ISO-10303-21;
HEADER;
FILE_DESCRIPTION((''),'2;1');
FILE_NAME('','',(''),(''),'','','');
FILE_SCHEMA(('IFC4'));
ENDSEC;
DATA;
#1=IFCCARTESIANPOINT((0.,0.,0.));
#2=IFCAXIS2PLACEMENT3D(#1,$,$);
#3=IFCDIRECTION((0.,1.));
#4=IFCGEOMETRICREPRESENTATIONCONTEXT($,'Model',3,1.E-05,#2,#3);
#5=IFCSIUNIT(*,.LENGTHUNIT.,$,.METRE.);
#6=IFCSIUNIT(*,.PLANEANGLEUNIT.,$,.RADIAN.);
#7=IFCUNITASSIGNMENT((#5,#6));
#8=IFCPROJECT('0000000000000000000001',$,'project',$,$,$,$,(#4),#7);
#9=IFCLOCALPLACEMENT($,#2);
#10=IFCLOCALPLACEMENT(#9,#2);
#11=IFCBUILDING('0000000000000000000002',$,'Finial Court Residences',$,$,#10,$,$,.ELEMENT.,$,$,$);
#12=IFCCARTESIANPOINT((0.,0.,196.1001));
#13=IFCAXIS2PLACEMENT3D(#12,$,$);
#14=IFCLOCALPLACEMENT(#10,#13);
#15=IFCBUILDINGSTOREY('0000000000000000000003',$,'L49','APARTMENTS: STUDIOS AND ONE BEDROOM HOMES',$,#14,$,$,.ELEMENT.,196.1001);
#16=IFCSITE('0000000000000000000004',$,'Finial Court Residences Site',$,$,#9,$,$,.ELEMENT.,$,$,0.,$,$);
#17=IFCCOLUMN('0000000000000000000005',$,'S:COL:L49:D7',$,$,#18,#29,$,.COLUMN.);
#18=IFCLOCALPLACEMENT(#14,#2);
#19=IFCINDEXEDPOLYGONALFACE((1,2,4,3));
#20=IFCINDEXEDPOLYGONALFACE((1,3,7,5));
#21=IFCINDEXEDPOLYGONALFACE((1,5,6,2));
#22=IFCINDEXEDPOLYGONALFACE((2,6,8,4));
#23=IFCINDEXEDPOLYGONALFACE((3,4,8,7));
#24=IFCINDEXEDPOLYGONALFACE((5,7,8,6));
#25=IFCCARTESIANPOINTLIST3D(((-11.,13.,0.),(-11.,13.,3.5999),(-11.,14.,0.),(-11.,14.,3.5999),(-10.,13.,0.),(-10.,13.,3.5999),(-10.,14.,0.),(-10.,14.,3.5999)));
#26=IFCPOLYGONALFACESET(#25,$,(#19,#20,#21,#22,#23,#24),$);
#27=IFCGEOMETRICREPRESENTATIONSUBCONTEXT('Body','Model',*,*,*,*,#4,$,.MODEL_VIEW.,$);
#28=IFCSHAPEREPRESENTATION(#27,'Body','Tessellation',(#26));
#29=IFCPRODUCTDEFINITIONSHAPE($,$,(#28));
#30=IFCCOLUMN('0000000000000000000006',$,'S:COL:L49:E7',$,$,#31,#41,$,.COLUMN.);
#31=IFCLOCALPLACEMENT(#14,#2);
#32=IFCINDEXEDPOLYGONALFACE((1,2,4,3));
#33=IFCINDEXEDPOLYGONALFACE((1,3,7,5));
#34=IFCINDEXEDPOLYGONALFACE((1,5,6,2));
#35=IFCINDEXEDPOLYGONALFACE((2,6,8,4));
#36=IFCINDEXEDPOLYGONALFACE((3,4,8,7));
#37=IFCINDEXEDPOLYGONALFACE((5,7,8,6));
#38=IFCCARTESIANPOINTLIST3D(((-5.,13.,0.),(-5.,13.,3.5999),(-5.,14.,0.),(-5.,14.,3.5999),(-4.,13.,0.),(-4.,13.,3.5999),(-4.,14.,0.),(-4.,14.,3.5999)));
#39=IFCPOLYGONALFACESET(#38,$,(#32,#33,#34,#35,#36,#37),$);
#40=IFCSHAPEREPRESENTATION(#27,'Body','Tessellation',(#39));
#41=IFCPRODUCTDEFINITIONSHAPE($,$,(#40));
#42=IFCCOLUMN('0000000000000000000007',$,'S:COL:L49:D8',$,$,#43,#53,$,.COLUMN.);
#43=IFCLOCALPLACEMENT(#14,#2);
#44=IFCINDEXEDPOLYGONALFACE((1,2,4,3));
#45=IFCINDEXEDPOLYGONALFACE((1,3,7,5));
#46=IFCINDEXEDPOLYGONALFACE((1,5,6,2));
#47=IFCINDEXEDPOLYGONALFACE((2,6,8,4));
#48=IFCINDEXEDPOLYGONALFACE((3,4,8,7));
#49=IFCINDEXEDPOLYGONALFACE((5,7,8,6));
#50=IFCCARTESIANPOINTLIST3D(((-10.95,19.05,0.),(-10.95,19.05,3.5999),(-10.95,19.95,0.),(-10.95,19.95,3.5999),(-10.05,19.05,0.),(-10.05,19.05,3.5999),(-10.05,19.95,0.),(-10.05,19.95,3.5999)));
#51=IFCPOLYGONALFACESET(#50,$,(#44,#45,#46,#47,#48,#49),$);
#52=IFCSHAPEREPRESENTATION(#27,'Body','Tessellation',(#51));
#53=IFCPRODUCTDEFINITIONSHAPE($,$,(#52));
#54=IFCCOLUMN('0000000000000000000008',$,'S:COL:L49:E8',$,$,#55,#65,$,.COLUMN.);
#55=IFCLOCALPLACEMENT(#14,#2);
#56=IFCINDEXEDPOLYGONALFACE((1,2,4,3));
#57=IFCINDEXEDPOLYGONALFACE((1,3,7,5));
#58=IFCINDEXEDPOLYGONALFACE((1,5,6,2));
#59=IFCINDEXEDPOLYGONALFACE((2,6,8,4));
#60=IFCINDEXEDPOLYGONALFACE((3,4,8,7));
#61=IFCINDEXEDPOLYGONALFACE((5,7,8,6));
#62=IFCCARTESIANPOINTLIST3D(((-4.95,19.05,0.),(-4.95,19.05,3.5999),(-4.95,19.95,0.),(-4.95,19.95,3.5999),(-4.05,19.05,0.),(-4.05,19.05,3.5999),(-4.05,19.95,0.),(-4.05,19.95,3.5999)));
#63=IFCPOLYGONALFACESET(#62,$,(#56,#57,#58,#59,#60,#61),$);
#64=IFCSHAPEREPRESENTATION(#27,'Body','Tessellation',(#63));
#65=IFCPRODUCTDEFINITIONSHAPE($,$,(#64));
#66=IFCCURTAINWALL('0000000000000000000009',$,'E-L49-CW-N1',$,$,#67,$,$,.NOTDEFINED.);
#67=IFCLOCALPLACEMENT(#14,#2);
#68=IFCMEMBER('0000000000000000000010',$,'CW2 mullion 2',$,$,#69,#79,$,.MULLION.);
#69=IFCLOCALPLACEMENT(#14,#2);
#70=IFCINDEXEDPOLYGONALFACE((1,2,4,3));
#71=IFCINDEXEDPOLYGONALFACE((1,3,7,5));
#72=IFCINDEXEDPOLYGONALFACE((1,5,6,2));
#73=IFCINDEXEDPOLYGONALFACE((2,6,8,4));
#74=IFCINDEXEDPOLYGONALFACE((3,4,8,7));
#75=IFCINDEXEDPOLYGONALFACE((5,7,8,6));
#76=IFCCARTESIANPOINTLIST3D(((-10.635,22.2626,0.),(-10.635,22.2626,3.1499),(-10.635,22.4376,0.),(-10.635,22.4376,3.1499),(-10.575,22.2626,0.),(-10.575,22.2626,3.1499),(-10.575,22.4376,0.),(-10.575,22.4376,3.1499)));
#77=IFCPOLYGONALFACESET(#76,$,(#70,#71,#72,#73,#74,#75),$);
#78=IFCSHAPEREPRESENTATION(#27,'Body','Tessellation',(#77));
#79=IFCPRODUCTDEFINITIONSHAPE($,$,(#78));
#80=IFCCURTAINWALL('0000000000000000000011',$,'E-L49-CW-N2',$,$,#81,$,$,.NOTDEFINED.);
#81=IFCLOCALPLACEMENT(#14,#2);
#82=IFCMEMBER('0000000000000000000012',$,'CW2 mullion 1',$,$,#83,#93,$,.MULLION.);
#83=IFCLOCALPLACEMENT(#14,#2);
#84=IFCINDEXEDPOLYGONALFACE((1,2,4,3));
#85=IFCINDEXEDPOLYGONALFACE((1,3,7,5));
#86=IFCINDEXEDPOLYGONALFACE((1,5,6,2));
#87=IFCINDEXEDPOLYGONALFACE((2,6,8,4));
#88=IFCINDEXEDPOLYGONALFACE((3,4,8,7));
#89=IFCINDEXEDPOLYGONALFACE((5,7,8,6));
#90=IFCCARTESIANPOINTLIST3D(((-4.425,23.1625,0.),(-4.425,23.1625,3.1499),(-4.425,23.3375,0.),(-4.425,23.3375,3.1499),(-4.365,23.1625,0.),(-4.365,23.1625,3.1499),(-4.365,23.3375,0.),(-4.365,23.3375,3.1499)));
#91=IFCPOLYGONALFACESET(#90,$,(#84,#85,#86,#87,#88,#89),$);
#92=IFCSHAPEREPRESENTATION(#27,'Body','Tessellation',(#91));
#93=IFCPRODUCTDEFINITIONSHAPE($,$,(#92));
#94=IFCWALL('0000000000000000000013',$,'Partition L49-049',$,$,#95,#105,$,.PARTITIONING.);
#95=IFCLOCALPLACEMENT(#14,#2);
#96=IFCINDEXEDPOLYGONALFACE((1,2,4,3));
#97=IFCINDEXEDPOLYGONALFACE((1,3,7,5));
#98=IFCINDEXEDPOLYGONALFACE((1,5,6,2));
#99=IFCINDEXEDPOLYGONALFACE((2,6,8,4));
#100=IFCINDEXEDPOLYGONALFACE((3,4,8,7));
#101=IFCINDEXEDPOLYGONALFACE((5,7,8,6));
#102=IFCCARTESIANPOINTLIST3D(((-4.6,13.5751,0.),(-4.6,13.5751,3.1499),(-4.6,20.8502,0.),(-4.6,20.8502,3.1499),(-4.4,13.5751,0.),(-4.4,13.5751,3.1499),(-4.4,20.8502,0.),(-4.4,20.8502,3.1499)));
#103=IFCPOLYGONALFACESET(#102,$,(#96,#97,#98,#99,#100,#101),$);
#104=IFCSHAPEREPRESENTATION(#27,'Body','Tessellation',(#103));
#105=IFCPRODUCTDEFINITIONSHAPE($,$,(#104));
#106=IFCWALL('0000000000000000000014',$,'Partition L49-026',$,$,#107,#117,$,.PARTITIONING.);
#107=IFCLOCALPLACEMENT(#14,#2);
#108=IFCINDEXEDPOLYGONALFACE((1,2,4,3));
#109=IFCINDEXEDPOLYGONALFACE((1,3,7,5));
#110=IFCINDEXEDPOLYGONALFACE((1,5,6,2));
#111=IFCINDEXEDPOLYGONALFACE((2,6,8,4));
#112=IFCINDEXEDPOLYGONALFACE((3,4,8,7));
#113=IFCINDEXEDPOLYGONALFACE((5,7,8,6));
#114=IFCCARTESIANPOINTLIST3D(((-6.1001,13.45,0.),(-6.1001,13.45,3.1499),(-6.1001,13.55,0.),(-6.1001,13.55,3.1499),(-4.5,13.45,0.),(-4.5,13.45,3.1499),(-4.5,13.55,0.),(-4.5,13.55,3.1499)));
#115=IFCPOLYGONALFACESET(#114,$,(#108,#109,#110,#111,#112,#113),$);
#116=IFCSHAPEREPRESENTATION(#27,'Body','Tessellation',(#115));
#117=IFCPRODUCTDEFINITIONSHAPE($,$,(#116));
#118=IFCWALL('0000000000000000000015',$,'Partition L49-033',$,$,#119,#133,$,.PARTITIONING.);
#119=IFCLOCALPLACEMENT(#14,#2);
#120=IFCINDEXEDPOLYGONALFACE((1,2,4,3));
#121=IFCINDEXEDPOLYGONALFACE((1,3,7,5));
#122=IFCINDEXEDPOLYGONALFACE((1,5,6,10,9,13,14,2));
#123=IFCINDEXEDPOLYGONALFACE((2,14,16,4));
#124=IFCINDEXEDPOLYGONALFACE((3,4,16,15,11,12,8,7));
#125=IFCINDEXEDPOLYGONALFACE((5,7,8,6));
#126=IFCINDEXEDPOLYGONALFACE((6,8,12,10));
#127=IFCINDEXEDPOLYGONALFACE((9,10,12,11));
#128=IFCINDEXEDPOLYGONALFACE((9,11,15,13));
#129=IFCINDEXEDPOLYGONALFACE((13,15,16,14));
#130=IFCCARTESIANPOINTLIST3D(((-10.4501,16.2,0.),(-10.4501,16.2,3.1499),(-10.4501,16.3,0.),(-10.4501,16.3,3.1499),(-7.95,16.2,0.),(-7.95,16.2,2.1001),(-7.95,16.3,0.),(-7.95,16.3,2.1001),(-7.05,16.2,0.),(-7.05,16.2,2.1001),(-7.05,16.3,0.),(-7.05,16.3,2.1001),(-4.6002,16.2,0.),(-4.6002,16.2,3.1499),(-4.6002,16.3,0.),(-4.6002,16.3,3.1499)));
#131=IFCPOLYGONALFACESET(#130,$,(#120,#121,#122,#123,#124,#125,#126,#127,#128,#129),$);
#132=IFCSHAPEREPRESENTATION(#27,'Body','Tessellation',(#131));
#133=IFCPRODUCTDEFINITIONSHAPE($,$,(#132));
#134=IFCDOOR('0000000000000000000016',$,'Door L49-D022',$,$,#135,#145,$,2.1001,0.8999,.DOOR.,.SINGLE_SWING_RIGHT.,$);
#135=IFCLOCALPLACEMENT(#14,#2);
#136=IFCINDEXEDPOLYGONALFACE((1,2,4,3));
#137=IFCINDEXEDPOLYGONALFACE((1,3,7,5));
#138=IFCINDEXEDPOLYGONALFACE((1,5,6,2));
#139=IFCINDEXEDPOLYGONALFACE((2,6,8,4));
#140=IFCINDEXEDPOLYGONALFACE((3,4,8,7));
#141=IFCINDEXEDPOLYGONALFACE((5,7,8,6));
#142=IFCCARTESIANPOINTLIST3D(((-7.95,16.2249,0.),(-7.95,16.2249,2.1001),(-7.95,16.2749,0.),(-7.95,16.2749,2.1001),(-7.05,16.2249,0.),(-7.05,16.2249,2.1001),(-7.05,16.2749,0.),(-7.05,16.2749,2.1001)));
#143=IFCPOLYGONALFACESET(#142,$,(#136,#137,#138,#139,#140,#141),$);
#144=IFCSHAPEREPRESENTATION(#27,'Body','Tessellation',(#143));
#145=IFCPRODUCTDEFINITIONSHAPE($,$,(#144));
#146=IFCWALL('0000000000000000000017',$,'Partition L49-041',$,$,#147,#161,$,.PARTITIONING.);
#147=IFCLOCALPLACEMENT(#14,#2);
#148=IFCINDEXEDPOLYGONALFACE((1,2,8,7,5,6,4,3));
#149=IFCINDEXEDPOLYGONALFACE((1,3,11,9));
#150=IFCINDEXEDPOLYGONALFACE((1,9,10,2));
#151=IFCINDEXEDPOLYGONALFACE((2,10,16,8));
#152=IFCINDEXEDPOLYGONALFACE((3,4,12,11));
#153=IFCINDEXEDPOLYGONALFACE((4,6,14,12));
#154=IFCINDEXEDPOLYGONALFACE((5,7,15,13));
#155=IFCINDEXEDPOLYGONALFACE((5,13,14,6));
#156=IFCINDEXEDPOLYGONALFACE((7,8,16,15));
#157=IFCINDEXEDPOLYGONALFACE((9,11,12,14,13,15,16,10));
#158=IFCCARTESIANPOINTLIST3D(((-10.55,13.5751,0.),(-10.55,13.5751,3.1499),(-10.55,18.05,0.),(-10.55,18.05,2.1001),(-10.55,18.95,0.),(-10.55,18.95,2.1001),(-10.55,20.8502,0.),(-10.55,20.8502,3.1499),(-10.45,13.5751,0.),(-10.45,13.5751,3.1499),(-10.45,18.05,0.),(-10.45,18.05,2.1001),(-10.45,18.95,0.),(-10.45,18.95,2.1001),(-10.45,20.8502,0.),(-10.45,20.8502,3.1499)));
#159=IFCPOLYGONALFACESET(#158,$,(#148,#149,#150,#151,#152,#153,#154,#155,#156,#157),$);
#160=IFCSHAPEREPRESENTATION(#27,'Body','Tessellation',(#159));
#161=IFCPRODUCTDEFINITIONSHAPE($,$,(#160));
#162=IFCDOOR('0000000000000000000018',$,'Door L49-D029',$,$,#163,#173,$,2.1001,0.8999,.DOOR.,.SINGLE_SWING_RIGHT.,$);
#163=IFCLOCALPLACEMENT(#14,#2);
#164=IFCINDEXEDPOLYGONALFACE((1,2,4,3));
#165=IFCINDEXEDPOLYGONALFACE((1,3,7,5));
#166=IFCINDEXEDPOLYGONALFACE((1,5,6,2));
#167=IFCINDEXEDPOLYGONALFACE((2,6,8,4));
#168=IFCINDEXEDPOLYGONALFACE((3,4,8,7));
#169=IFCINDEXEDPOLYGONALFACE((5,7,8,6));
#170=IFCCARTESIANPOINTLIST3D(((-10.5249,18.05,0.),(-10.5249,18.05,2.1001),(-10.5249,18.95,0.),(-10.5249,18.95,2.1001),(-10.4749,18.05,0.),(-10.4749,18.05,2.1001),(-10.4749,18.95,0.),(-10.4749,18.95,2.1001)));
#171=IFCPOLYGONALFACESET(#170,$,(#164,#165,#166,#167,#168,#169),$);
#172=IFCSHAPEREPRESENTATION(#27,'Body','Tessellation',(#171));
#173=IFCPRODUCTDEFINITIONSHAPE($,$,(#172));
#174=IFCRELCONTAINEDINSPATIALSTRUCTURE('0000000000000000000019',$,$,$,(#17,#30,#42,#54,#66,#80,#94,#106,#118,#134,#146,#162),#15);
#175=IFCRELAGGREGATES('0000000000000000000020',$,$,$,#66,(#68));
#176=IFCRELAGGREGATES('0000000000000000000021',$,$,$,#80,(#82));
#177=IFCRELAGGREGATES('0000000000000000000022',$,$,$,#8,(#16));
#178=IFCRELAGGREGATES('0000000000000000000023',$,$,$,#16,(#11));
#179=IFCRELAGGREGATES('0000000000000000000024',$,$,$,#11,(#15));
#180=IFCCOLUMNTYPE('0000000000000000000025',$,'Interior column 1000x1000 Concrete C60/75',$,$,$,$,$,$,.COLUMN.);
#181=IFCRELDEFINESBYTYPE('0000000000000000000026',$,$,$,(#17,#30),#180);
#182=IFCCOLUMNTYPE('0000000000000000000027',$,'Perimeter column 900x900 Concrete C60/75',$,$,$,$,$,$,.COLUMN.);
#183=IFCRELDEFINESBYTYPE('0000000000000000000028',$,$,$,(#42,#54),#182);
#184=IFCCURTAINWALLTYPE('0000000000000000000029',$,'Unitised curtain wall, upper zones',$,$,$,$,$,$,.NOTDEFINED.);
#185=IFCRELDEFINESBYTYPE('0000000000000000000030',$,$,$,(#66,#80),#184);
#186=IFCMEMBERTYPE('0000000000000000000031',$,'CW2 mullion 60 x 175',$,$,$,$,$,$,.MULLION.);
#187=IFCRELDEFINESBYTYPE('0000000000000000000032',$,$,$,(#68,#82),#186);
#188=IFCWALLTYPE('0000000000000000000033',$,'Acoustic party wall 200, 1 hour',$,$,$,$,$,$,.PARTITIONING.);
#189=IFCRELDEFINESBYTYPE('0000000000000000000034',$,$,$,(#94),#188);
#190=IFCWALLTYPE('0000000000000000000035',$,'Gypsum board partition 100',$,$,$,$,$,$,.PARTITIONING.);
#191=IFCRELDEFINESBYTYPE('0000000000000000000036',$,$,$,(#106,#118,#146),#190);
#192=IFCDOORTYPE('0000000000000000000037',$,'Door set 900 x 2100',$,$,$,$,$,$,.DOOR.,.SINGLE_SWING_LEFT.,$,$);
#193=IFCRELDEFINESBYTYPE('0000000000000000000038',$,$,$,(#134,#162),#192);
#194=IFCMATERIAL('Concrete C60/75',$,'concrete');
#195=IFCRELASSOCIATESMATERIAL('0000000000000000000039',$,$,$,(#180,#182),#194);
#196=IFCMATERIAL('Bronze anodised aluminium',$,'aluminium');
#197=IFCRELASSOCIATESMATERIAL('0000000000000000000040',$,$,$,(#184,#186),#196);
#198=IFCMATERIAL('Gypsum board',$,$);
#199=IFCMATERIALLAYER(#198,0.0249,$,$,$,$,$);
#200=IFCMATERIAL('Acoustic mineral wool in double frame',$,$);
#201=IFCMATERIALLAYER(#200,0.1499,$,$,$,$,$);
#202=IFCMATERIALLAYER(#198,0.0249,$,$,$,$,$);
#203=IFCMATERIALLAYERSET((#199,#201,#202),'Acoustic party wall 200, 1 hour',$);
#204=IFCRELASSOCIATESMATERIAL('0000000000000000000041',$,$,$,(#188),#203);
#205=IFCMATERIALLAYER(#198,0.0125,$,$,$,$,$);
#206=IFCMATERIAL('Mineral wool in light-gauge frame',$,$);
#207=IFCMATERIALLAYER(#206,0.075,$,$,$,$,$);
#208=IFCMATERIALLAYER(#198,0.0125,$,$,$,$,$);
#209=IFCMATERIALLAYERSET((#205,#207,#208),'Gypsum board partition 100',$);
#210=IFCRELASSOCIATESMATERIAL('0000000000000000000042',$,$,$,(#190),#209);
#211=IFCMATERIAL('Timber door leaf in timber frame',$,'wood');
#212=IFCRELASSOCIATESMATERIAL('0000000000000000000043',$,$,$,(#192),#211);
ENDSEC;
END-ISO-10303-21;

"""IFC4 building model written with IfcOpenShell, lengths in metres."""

from ifc_helpers import new_model, si_unit, direction, frame, frame_2d, origin, origin_2d, place, context, subcontext, project, spatial, rectangle, extrude, material, layer, layer_set, material_profile, profile_set, type_object, element, fill, aggregate, save


model = new_model("IFC4")

# Units and contexts
model_context = context("Model", 3, precision=1e-05, world=origin(), true_north=direction((0.0, 1.0)))
body_context = subcontext(model_context, "Body", "Model", "MODEL_VIEW")
ifc_project = project(units=[si_unit("LENGTHUNIT", "METRE"), si_unit("PLANEANGLEUNIT", "RADIAN")], contexts=[model_context])

# Site, building, storey
site_placement = place(None, origin())
site = spatial("IfcSite", under=ifc_project, at=site_placement, Name="Finial Court Residences Site", CompositionType="ELEMENT", RefElevation=0.0)
building_placement = place(site_placement, origin())
building = spatial("IfcBuilding", under=site, at=building_placement, Name="Finial Court Residences", CompositionType="ELEMENT")
storey_placement = place(building_placement, frame((0.0, 0.0, 196.1001)))
storey = spatial("IfcBuildingStorey", under=building, at=storey_placement, Name="L49", Description="APARTMENTS: STUDIOS AND ONE BEDROOM HOMES", CompositionType="ELEMENT", Elevation=196.1001)

# Columns
ifc_material_1 = material(Name="Concrete C60/75", Category="concrete")
ifc_material_profile_1 = material_profile(ifc_material_1, rectangle(XDim=1.0, YDim=1.0, at=origin_2d()), Name="1000x1000")
ifc_profile_set_1 = profile_set([ifc_material_profile_1], Name="Concrete C60/75")
column_type_1 = type_object("IfcColumnType", Name="Interior column 1000x1000 Concrete C60/75", PredefinedType="COLUMN", material=ifc_profile_set_1)
for number, where, z_axis, x_axis, name in (
    (1, (-10.5, 13.5, 0.0), (0.0, 0.0, 1.0), (1.0, 0.0, 0.0), "S:COL:L49:D7"),
    (2, (-4.5, 13.5, 0.0), (0.0, 0.0, 1.0), (1.0, 0.0, 0.0), "S:COL:L49:E7"),
):
    element("IfcColumn", number, at=place(storey_placement, frame(where, z_axis=z_axis, x_axis=x_axis)), inside=storey, type_object=column_type_1, Name=name, PredefinedType="COLUMN", context=body_context, shape_type="SweptSolid", body=[
        extrude(rectangle(XDim=1.0, YDim=1.0, at=origin_2d()), origin(), (0.0, 0.0, 1.0), 3.5999),
    ])
ifc_material_profile_2 = material_profile(ifc_material_1, rectangle(XDim=0.8999, YDim=0.8999, at=origin_2d()), Name="900x900")
ifc_profile_set_2 = profile_set([ifc_material_profile_2], Name="Concrete C60/75")
column_type_2 = type_object("IfcColumnType", Name="Perimeter column 900x900 Concrete C60/75", PredefinedType="COLUMN", material=ifc_profile_set_2)
for number, where, z_axis, x_axis, name in (
    (3, (-10.5, 19.5, 0.0), (0.0, 0.0, 1.0), (1.0, 0.0, 0.0), "S:COL:L49:D8"),
    (4, (-4.5, 19.5, 0.0), (0.0, 0.0, 1.0), (1.0, 0.0, 0.0), "S:COL:L49:E8"),
):
    element("IfcColumn", number, at=place(storey_placement, frame(where, z_axis=z_axis, x_axis=x_axis)), inside=storey, type_object=column_type_2, Name=name, PredefinedType="COLUMN", context=body_context, shape_type="SweptSolid", body=[
        extrude(rectangle(XDim=0.8999, YDim=0.8999, at=origin_2d()), origin(), (0.0, 0.0, 1.0), 3.5999),
    ])

# Curtain walls, members
ifc_material_2 = material(Name="Bronze anodised aluminium", Category="aluminium")
curtain_wall_type = type_object("IfcCurtainWallType", Name="Unitised curtain wall, upper zones", PredefinedType="NOTDEFINED", material=ifc_material_2)
curtain_wall_1_placement = place(storey_placement, origin())
curtain_wall_1 = element("IfcCurtainWall", 5, at=curtain_wall_1_placement, inside=storey, type_object=curtain_wall_type, Name="E-L49-CW-N1", PredefinedType="NOTDEFINED")
ifc_material_profile_3 = material_profile(ifc_material_2, rectangle(XDim=0.175, YDim=0.0601, at=origin_2d()), Name="CW2 mullion 60 x 175")
ifc_profile_set_3 = profile_set([ifc_material_profile_3], Name="Bronze anodised aluminium")
member_type = type_object("IfcMemberType", Name="CW2 mullion 60 x 175", PredefinedType="MULLION", material=ifc_profile_set_3)
member_1_placement = place(storey_placement, frame((-10.605, 22.3501, 0.0), z_axis=(0.0, 0.0, 1.0), x_axis=(0.0, 1.0, 0.0)))
member_1 = element("IfcMember", 6, at=member_1_placement, type_object=member_type, Name="CW2 mullion 2", PredefinedType="MULLION", context=body_context, shape_type="SweptSolid", body=[
    extrude(rectangle(XDim=0.175, YDim=0.0601, at=origin_2d()), origin(), (0.0, 0.0, 1.0), 3.1499),
])
aggregate(curtain_wall_1, [member_1])
curtain_wall_2_placement = place(storey_placement, origin())
curtain_wall_2 = element("IfcCurtainWall", 7, at=curtain_wall_2_placement, inside=storey, type_object=curtain_wall_type, Name="E-L49-CW-N2", PredefinedType="NOTDEFINED")
member_2_placement = place(storey_placement, frame((-4.395, 23.25, 0.0), z_axis=(0.0, 0.0, 1.0), x_axis=(0.0, 1.0, 0.0)))
member_2 = element("IfcMember", 8, at=member_2_placement, type_object=member_type, Name="CW2 mullion 1", PredefinedType="MULLION", context=body_context, shape_type="SweptSolid", body=[
    extrude(rectangle(XDim=0.175, YDim=0.0601, at=origin_2d()), origin(), (0.0, 0.0, 1.0), 3.1499),
])
aggregate(curtain_wall_2, [member_2])

# Walls
ifc_material_3 = material(Name="Gypsum board")
ifc_layer_1 = layer(ifc_material_3, 0.0249)
ifc_material_4 = material(Name="Acoustic mineral wool in double frame")
ifc_layer_2 = layer(ifc_material_4, 0.1499)
ifc_layer_3 = layer(ifc_material_3, 0.0249)
ifc_layer_set_1 = layer_set([ifc_layer_1, ifc_layer_2, ifc_layer_3], Name="Acoustic party wall 200, 1 hour")
wall_type_1 = type_object("IfcWallType", Name="Acoustic party wall 200, 1 hour", PredefinedType="PARTITIONING", material=ifc_layer_set_1)
wall_1_placement = place(storey_placement, frame((-4.5, 13.575, 0.0), z_axis=(0.0, 0.0, 1.0), x_axis=(0.0, 1.0, 0.0)))
element("IfcWall", 9, at=wall_1_placement, inside=storey, type_object=wall_type_1, Name="Partition L49-049", PredefinedType="PARTITIONING", context=body_context, shape_type="SweptSolid", body=[
    extrude(rectangle(XDim=7.2751, YDim=0.2, at=frame_2d((3.6377, 0.0))), origin(), (0.0, 0.0, 1.0), 3.1499),
])
ifc_layer_4 = layer(ifc_material_3, 0.0125)
ifc_material_5 = material(Name="Mineral wool in light-gauge frame")
ifc_layer_5 = layer(ifc_material_5, 0.075)
ifc_layer_6 = layer(ifc_material_3, 0.0125)
ifc_layer_set_2 = layer_set([ifc_layer_4, ifc_layer_5, ifc_layer_6], Name="Gypsum board partition 100")
wall_type_2 = type_object("IfcWallType", Name="Gypsum board partition 100", PredefinedType="PARTITIONING", material=ifc_layer_set_2)
wall_2_placement = place(storey_placement, frame((-6.1001, 13.5, 0.0), z_axis=(0.0, 0.0, 1.0), x_axis=(1.0, 0.0, 0.0)))
element("IfcWall", 10, at=wall_2_placement, inside=storey, type_object=wall_type_2, Name="Partition L49-026", PredefinedType="PARTITIONING", context=body_context, shape_type="SweptSolid", body=[
    extrude(rectangle(XDim=1.6001, YDim=0.1001, at=frame_2d((0.8, 0.0))), origin(), (0.0, 0.0, 1.0), 3.1499),
])

# Walls, openings, doors
wall_3_placement = place(storey_placement, frame((-10.45, 16.25, 0.0), z_axis=(0.0, 0.0, 1.0), x_axis=(1.0, 0.0, 0.0)))
wall_3 = element("IfcWall", 11, at=wall_3_placement, inside=storey, type_object=wall_type_2, Name="Partition L49-033", PredefinedType="PARTITIONING", context=body_context, shape_type="SweptSolid", body=[
    extrude(rectangle(XDim=5.8499, YDim=0.1001, at=frame_2d((2.9248, 0.0))), origin(), (0.0, 0.0, 1.0), 3.1499),
])
opening_1_placement = place(wall_3_placement, frame((2.5, 0.0, 0.0)))
opening_1 = element("IfcOpeningElement", 12, at=opening_1_placement, cuts=wall_3, PredefinedType="OPENING", context=body_context, shape_type="SweptSolid", body=[
    extrude(rectangle(XDim=0.8999, YDim=2.1001, at=frame_2d((0.45, 1.05))), frame((0.0, 0.0601, 0.0), z_axis=(0.0, -1.0, 0.0), x_axis=(1.0, 0.0, 0.0)), (0.0, 0.0, 1.0), 0.1201),
])
ifc_material_6 = material(Name="Timber door leaf in timber frame", Category="wood")
door_type_1 = type_object("IfcDoorType", Name="Door set 900 x 2100", OperationType="SINGLE_SWING_LEFT", PredefinedType="DOOR", material=ifc_material_6)
door_1_placement = place(opening_1_placement, origin())
door_1 = element("IfcDoor", 13, at=door_1_placement, inside=storey, type_object=door_type_1, Name="Door L49-D022", OperationType="SINGLE_SWING_RIGHT", OverallHeight=2.1001, OverallWidth=0.8999, PredefinedType="DOOR", context=body_context, shape_type="SweptSolid", body=[
    extrude(rectangle(XDim=0.8999, YDim=2.1001, at=frame_2d((0.45, 1.05))), frame((0.0, 0.0249, 0.0), z_axis=(0.0, -1.0, 0.0), x_axis=(1.0, 0.0, 0.0)), (0.0, 0.0, 1.0), 0.05),
])
fill(opening_1, door_1)
wall_4_placement = place(storey_placement, frame((-10.5, 13.575, 0.0), z_axis=(0.0, 0.0, 1.0), x_axis=(0.0, 1.0, 0.0)))
wall_4 = element("IfcWall", 14, at=wall_4_placement, inside=storey, type_object=wall_type_2, Name="Partition L49-041", PredefinedType="PARTITIONING", context=body_context, shape_type="SweptSolid", body=[
    extrude(rectangle(XDim=7.2751, YDim=0.1001, at=frame_2d((3.6377, 0.0))), origin(), (0.0, 0.0, 1.0), 3.1499),
])
opening_2_placement = place(wall_4_placement, frame((4.4751, 0.0, 0.0)))
opening_2 = element("IfcOpeningElement", 15, at=opening_2_placement, cuts=wall_4, PredefinedType="OPENING", context=body_context, shape_type="SweptSolid", body=[
    extrude(rectangle(XDim=0.8999, YDim=2.1001, at=frame_2d((0.45, 1.05))), frame((0.0, 0.0601, 0.0), z_axis=(0.0, -1.0, 0.0), x_axis=(1.0, 0.0, 0.0)), (0.0, 0.0, 1.0), 0.1201),
])
door_2_placement = place(opening_2_placement, origin())
door_2 = element("IfcDoor", 16, at=door_2_placement, inside=storey, type_object=door_type_1, Name="Door L49-D029", OperationType="SINGLE_SWING_RIGHT", OverallHeight=2.1001, OverallWidth=0.8999, PredefinedType="DOOR", context=body_context, shape_type="SweptSolid", body=[
    extrude(rectangle(XDim=0.8999, YDim=2.1001, at=frame_2d((0.45, 1.05))), frame((0.0, 0.0249, 0.0), z_axis=(0.0, -1.0, 0.0), x_axis=(1.0, 0.0, 0.0)), (0.0, 0.0, 1.0), 0.05),
])
fill(opening_2, door_2)

save(model, "model.ifc")
